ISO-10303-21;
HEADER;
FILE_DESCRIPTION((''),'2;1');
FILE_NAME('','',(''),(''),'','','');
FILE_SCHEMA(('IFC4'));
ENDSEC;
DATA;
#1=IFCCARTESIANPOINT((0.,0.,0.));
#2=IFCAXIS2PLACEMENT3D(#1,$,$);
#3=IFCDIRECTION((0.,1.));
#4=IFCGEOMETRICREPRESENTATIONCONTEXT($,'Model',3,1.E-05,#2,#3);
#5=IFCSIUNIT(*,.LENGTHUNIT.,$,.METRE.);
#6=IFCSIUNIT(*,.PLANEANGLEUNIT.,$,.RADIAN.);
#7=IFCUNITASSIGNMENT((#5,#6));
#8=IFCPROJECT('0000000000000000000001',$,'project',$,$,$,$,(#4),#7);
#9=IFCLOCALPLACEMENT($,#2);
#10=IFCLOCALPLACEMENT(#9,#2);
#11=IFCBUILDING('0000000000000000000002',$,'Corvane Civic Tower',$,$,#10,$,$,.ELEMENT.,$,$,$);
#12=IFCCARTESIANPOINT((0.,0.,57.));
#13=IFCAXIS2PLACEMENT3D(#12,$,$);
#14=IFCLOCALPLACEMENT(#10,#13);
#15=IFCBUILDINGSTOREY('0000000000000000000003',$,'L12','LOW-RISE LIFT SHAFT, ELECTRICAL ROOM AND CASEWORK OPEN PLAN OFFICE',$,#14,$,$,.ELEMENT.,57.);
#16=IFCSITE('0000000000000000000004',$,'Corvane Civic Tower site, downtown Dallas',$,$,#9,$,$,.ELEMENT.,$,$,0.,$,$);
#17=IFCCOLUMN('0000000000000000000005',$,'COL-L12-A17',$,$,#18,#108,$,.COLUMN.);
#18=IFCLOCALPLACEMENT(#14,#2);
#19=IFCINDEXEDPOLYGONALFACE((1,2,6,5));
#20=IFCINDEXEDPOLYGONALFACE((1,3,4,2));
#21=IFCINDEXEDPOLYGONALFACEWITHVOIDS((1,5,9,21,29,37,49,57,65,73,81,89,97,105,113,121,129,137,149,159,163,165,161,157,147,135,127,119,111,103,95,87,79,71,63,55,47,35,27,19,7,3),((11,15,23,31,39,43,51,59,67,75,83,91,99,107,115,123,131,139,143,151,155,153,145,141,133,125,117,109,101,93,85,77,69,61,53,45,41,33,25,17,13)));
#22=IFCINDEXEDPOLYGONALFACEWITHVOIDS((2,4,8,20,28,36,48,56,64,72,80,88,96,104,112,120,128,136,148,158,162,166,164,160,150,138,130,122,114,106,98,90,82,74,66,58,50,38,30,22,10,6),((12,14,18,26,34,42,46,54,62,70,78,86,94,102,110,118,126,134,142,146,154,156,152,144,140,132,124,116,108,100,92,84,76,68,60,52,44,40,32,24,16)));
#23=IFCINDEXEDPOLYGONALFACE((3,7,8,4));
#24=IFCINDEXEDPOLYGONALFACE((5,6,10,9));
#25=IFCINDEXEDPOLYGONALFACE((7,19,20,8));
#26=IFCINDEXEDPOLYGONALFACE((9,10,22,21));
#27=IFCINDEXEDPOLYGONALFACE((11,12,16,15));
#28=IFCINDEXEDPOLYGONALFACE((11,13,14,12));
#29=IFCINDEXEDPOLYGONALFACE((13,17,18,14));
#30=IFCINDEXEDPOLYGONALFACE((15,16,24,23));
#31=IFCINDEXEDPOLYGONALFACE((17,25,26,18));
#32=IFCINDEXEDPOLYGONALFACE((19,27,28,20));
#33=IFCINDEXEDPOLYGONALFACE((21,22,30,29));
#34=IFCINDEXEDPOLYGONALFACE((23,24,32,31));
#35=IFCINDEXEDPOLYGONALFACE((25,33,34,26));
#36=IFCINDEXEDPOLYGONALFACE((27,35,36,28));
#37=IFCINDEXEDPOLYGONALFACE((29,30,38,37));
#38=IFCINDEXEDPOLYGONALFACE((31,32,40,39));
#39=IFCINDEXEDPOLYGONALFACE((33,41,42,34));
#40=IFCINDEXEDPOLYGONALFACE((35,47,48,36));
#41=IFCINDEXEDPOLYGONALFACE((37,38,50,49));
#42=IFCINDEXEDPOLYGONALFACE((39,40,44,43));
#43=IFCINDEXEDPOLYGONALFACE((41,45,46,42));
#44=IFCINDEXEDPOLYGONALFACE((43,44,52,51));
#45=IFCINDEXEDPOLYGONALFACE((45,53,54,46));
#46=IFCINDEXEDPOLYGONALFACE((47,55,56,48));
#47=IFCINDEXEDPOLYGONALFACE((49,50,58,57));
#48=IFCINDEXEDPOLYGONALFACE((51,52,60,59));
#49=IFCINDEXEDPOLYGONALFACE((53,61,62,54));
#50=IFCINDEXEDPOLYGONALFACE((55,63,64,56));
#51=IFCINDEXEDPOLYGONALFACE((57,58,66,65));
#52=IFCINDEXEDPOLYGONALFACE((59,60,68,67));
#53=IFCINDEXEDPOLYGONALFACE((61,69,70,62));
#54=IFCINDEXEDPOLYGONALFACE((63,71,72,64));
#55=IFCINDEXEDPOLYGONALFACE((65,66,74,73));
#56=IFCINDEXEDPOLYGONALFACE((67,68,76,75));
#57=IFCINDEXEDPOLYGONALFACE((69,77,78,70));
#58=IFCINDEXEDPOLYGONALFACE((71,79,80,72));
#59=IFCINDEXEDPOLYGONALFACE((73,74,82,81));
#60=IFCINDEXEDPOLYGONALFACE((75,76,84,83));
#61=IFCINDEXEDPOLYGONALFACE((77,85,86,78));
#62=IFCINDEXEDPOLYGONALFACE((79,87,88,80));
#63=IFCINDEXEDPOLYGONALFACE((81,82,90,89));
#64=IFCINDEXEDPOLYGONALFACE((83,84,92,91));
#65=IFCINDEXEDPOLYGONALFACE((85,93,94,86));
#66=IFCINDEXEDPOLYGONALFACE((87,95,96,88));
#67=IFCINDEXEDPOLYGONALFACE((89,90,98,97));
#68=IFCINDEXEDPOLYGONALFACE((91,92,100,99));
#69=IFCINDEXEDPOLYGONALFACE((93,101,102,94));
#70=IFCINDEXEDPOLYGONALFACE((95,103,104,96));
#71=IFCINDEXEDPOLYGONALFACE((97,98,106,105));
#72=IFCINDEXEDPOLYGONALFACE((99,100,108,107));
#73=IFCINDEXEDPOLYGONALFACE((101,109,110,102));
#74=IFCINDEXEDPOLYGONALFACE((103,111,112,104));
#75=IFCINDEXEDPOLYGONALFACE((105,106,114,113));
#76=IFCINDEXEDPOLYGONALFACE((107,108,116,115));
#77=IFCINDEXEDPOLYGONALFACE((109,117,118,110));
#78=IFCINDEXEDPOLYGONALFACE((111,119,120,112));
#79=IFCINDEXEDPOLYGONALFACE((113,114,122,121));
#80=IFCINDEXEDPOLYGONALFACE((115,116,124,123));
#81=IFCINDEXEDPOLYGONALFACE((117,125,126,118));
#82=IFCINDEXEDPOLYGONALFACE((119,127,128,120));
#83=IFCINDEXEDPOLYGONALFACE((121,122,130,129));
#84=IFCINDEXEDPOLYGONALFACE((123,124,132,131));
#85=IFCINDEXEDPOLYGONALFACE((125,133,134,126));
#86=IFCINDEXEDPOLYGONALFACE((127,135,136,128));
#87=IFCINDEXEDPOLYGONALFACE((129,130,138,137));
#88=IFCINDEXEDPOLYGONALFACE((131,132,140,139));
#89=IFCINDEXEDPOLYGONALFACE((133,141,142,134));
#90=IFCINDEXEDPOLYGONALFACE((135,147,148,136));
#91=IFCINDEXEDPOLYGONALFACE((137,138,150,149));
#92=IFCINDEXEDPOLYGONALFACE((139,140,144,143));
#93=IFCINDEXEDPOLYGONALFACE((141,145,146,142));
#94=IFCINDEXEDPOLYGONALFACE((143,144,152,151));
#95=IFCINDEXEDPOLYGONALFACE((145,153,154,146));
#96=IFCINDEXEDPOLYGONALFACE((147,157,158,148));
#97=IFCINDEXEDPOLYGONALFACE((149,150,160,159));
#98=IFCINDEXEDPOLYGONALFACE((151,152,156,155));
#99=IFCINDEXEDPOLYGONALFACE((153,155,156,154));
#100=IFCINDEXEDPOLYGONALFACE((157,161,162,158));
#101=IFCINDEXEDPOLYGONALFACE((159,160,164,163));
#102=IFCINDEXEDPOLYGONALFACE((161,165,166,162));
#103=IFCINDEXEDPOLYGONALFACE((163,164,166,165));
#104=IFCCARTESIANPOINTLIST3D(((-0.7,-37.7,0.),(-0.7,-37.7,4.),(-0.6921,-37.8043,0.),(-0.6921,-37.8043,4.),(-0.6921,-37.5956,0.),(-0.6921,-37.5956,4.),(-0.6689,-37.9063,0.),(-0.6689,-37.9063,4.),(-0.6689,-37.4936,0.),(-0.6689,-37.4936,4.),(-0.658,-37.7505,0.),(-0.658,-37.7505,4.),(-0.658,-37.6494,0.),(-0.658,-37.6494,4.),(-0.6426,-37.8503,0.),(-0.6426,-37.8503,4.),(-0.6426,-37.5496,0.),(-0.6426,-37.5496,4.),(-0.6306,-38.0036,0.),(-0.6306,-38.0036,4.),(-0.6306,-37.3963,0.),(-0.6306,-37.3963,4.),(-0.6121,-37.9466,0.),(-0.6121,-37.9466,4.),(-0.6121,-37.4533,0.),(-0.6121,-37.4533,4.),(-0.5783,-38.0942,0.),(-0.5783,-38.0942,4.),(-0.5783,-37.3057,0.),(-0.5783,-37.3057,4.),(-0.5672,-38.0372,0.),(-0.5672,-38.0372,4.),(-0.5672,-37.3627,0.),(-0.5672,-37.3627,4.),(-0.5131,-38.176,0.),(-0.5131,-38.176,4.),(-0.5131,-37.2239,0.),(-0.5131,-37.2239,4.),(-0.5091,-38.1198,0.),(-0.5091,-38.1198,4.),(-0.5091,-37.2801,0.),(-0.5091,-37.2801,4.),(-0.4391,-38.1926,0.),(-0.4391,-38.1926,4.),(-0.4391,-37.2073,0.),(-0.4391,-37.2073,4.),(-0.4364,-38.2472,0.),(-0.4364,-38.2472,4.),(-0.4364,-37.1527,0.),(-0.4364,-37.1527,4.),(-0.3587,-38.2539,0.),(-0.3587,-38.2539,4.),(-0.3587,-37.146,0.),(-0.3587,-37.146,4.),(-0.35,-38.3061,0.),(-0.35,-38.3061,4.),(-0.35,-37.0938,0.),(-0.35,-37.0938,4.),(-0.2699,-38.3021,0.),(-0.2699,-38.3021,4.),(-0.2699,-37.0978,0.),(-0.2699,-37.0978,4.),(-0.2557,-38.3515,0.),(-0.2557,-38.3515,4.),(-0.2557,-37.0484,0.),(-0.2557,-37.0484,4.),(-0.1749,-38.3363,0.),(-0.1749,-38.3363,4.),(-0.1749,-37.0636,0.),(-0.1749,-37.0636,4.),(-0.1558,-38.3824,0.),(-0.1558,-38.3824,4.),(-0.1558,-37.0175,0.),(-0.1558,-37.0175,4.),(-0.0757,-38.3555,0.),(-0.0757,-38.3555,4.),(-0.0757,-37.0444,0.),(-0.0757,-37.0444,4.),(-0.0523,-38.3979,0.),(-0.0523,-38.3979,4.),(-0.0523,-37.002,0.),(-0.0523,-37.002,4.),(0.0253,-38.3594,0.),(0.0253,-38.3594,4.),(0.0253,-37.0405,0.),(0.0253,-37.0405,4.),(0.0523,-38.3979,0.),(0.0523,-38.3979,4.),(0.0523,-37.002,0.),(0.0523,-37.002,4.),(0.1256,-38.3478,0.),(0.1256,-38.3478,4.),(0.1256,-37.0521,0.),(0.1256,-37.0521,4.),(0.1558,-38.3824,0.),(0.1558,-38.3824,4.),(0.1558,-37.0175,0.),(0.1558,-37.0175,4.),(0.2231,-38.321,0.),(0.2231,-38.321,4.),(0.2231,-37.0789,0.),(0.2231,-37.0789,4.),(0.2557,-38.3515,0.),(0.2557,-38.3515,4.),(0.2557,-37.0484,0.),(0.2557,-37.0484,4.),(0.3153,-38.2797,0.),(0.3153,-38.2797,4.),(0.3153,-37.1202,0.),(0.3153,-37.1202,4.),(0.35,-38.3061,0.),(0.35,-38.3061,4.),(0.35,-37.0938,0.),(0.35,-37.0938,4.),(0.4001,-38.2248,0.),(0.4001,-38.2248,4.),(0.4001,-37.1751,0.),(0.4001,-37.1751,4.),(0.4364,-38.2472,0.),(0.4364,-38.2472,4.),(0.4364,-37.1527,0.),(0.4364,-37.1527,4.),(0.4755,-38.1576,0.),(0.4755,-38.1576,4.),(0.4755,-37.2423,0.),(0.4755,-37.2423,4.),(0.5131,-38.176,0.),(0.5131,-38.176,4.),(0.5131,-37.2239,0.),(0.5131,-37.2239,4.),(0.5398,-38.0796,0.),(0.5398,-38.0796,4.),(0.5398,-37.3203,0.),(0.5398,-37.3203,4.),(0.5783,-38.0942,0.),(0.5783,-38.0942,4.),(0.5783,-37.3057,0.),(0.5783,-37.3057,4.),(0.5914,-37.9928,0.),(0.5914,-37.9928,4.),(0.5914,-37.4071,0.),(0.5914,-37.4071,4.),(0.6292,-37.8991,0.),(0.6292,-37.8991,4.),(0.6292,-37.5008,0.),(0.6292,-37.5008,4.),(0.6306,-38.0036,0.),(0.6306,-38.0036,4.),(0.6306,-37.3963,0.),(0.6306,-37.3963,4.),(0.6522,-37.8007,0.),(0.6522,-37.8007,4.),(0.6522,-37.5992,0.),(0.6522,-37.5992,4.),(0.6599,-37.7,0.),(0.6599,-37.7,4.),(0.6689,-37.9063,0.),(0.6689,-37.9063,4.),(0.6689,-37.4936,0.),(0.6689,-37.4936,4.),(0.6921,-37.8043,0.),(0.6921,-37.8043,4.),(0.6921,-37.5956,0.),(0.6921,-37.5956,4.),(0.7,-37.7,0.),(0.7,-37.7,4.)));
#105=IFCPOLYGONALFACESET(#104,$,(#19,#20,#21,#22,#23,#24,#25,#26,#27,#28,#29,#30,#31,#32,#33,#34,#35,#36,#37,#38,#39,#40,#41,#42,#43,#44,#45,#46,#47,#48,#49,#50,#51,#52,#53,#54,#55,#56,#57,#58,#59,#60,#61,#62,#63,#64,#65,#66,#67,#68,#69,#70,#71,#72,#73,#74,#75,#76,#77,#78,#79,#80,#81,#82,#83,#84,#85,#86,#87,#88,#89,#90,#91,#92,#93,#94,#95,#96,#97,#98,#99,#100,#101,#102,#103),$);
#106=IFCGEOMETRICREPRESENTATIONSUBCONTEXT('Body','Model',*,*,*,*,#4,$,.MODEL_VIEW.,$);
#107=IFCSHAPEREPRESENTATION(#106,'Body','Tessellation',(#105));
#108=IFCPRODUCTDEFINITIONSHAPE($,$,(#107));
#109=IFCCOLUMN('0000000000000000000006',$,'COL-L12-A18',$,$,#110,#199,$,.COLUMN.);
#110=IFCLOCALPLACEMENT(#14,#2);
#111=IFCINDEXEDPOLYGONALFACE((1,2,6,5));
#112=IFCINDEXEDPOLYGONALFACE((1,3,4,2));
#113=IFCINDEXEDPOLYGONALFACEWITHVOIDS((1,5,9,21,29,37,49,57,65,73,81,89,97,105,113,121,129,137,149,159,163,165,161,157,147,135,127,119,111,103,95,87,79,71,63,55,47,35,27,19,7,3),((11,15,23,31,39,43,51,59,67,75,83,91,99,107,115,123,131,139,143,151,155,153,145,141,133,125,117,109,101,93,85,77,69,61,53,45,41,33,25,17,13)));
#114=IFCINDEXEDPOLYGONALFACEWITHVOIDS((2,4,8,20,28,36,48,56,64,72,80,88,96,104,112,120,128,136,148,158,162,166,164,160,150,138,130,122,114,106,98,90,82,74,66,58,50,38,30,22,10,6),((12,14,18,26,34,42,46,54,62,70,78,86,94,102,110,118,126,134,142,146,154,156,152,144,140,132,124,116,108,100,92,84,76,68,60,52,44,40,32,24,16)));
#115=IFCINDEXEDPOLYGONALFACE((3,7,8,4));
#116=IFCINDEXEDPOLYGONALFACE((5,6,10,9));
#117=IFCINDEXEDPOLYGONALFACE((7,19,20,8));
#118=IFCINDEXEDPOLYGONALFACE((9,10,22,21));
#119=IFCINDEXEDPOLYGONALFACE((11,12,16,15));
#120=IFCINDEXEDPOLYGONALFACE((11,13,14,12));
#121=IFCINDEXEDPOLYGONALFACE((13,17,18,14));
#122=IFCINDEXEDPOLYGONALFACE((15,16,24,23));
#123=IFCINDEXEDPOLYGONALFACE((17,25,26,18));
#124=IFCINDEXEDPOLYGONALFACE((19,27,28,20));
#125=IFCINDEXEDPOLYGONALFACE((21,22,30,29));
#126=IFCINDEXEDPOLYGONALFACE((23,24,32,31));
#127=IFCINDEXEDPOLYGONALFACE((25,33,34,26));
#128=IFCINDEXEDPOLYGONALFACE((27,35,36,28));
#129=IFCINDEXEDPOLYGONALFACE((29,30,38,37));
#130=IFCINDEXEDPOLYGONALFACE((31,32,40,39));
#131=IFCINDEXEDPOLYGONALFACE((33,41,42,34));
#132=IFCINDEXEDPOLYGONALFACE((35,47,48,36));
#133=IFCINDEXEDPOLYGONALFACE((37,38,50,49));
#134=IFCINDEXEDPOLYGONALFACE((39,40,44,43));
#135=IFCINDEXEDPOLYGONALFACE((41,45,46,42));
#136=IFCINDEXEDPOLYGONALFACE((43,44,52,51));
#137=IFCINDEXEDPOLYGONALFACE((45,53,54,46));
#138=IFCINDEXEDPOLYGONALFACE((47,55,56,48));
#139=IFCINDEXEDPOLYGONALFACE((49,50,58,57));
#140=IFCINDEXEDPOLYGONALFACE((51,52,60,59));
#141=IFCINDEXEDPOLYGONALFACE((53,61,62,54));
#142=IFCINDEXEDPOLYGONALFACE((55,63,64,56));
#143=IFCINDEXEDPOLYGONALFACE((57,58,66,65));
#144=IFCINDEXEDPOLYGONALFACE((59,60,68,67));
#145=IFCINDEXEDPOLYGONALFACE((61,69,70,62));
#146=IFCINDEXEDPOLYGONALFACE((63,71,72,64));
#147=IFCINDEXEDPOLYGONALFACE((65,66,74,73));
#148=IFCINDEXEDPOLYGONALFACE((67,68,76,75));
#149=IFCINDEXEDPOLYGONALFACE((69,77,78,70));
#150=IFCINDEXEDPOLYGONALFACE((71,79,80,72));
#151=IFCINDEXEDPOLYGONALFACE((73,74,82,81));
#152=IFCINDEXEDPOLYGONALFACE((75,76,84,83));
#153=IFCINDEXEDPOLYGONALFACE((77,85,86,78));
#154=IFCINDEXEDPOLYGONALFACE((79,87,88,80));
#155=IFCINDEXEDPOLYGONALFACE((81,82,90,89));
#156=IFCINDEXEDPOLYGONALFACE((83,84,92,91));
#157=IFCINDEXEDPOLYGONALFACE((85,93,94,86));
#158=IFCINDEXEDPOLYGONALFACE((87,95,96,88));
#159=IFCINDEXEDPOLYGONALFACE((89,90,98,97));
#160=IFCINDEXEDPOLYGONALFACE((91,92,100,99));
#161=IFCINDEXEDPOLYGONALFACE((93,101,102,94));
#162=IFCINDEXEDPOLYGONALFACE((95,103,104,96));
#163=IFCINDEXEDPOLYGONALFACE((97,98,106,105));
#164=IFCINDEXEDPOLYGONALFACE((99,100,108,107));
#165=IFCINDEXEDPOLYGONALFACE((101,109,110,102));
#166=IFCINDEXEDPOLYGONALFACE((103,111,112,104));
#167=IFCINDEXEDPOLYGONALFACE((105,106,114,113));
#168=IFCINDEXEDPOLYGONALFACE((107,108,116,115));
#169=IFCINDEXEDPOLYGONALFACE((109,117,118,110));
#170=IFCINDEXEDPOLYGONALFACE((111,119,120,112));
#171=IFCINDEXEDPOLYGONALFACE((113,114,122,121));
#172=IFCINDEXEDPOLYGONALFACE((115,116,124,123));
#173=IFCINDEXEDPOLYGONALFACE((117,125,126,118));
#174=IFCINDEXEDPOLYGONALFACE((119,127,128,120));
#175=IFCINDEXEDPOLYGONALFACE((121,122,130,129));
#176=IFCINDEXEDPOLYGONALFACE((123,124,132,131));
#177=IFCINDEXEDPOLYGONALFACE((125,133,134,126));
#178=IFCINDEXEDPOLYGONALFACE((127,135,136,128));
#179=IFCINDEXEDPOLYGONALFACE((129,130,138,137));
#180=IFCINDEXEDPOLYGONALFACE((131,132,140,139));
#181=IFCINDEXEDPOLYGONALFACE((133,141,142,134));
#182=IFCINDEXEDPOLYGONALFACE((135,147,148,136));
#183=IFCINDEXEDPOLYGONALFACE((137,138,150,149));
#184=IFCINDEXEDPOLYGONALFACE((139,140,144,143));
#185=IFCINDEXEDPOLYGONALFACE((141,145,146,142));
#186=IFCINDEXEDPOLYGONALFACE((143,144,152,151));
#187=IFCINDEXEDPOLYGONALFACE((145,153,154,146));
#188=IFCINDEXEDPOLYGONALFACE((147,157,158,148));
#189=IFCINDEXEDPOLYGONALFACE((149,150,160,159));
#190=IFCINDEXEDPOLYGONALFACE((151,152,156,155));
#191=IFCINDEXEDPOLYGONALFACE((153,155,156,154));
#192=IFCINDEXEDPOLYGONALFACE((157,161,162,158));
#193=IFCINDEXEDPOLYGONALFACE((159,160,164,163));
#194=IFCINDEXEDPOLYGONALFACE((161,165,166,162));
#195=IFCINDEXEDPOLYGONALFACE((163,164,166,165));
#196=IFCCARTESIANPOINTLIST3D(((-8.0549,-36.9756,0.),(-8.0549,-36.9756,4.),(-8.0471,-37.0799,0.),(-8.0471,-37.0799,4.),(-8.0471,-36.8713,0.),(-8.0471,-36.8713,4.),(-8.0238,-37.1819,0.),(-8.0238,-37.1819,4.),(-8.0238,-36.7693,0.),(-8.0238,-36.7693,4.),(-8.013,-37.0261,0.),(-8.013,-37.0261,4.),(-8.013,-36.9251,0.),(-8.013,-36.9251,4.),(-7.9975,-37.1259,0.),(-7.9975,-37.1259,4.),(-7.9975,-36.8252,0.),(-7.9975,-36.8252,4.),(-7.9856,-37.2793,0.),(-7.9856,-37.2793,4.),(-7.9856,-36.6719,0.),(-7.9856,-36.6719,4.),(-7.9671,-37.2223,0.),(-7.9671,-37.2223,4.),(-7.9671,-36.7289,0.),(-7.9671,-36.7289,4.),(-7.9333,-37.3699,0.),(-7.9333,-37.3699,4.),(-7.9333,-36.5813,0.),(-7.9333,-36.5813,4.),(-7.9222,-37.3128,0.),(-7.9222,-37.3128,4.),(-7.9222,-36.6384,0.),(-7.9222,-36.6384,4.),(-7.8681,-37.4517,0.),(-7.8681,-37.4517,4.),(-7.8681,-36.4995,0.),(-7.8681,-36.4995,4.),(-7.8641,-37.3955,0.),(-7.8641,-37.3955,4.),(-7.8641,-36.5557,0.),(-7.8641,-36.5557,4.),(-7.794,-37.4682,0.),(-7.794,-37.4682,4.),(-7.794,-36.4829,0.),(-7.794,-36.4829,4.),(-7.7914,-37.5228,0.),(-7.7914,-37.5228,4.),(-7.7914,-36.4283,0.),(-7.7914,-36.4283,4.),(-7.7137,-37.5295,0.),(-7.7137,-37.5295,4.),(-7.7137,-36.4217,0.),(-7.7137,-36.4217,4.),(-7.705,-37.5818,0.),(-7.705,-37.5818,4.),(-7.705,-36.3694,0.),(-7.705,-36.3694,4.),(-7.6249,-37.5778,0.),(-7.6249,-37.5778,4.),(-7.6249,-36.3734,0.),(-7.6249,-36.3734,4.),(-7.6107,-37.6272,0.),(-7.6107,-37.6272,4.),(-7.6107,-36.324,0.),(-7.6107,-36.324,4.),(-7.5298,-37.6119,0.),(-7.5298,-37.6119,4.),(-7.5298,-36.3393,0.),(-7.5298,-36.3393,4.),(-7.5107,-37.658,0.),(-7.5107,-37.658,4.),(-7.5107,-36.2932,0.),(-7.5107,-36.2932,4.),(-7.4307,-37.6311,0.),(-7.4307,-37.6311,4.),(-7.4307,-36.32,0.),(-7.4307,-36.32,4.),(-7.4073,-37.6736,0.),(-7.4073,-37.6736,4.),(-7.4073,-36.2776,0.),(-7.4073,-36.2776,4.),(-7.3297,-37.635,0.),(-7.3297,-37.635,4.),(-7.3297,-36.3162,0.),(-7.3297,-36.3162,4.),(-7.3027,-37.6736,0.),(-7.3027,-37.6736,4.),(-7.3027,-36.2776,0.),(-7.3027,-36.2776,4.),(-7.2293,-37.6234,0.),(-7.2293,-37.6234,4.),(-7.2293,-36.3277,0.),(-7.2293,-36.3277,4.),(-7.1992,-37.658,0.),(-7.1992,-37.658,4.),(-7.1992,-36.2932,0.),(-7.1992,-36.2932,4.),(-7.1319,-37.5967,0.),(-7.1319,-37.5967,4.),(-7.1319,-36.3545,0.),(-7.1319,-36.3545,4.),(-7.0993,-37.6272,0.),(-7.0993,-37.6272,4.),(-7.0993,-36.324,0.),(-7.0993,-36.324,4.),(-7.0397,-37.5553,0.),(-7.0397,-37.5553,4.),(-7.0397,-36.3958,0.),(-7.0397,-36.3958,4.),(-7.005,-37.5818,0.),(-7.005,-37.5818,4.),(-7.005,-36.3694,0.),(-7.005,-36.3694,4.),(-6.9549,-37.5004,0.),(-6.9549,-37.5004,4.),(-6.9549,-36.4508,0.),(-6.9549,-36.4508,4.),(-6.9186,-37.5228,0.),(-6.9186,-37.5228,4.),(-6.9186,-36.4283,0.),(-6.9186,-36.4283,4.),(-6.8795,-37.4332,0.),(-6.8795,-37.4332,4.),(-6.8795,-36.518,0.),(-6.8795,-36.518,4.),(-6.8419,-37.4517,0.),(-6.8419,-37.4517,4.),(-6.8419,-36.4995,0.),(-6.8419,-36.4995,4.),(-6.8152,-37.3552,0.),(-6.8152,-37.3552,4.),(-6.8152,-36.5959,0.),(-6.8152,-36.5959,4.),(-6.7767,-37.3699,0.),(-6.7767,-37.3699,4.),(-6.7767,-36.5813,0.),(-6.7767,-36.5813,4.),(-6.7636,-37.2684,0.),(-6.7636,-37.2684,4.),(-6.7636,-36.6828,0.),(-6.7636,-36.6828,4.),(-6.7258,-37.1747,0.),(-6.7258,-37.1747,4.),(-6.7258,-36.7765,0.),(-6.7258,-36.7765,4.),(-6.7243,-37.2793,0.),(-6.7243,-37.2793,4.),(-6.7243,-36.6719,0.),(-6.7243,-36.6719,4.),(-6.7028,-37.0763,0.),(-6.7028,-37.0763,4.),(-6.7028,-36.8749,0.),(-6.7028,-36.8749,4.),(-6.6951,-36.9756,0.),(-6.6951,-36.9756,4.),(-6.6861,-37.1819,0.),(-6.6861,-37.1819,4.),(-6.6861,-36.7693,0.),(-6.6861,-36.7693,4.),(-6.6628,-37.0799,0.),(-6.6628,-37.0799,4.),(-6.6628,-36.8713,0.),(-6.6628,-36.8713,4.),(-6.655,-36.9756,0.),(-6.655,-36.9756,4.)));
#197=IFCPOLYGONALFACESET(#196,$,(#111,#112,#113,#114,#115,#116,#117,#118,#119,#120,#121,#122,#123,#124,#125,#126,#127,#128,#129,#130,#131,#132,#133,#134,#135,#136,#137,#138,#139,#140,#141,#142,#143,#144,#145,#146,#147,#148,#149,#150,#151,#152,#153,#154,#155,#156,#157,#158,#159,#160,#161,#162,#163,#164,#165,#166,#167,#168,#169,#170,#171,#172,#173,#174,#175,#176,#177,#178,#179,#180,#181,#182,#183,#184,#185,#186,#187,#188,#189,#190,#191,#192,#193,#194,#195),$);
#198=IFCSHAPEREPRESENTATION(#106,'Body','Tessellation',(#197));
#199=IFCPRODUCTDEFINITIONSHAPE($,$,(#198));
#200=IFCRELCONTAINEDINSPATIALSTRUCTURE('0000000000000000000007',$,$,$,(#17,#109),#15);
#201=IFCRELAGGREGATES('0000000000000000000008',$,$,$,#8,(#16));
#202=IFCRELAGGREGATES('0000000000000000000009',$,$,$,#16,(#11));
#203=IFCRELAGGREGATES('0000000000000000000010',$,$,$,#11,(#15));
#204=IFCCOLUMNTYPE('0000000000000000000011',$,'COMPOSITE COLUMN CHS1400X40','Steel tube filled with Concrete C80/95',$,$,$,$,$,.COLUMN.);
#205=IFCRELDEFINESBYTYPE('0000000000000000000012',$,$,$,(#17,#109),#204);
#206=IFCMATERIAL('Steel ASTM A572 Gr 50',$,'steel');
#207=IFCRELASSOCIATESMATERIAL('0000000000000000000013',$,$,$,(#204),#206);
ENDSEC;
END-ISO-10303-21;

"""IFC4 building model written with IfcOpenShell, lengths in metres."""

from ifc_helpers import new_model, si_unit, direction, frame, origin, origin_2d, place, context, subcontext, project, spatial, hollow_circle, extrude, material, material_profile, profile_set, type_object, element, save


model = new_model("IFC4")

# Units and contexts
model_context = context("Model", 3, precision=1e-05, world=origin(), true_north=direction((0.0, 1.0)))
body_context = subcontext(model_context, "Body", "Model", "MODEL_VIEW")
ifc_project = project(units=[si_unit("LENGTHUNIT", "METRE"), si_unit("PLANEANGLEUNIT", "RADIAN")], contexts=[model_context])

# Site, building, storey
site_placement = place(None, origin())
site = spatial("IfcSite", under=ifc_project, at=site_placement, Name="Corvane Civic Tower site, downtown Dallas", CompositionType="ELEMENT", RefElevation=0.0)
building_placement = place(site_placement, origin())
building = spatial("IfcBuilding", under=site, at=building_placement, Name="Corvane Civic Tower", CompositionType="ELEMENT")
storey_placement = place(building_placement, frame((0.0, 0.0, 57.0)))
storey = spatial("IfcBuildingStorey", under=building, at=storey_placement, Name="L12", Description="LOW-RISE LIFT SHAFT, ELECTRICAL ROOM AND CASEWORK OPEN PLAN OFFICE", CompositionType="ELEMENT", Elevation=57.0)

# Columns
ifc_material_1 = material(Name="Steel ASTM A572 Gr 50", Category="steel")
ifc_material_profile_1 = material_profile(ifc_material_1, hollow_circle(Radius=0.7, WallThickness=0.04, at=origin_2d()), Name="CHS1400X40")
ifc_profile_set_1 = profile_set([ifc_material_profile_1], Name="Steel ASTM A572 Gr 50")
column_type = type_object("IfcColumnType", Name="COMPOSITE COLUMN CHS1400X40", Description="Steel tube filled with Concrete C80/95", PredefinedType="COLUMN", material=ifc_profile_set_1)
for number, where, z_axis, x_axis, name in (
    (1, (0.0, -37.7, 0.0), (0.0, 0.0, 1.0), (1.0, 0.0, 0.0), "COL-L12-A17"),
    (2, (-7.355, -36.9756, 0.0), (0.0, 0.0, 1.0), (1.0, 0.0, 0.0), "COL-L12-A18"),
):
    element("IfcColumn", number, at=place(storey_placement, frame(where, z_axis=z_axis, x_axis=x_axis)), inside=storey, type_object=column_type, Name=name, PredefinedType="COLUMN", context=body_context, shape_type="SweptSolid", body=[
        extrude(hollow_circle(Radius=0.7, WallThickness=0.04, at=origin_2d()), origin(), (0.0, 0.0, 1.0), 4.0),
    ])

save(model, "model.ifc")
